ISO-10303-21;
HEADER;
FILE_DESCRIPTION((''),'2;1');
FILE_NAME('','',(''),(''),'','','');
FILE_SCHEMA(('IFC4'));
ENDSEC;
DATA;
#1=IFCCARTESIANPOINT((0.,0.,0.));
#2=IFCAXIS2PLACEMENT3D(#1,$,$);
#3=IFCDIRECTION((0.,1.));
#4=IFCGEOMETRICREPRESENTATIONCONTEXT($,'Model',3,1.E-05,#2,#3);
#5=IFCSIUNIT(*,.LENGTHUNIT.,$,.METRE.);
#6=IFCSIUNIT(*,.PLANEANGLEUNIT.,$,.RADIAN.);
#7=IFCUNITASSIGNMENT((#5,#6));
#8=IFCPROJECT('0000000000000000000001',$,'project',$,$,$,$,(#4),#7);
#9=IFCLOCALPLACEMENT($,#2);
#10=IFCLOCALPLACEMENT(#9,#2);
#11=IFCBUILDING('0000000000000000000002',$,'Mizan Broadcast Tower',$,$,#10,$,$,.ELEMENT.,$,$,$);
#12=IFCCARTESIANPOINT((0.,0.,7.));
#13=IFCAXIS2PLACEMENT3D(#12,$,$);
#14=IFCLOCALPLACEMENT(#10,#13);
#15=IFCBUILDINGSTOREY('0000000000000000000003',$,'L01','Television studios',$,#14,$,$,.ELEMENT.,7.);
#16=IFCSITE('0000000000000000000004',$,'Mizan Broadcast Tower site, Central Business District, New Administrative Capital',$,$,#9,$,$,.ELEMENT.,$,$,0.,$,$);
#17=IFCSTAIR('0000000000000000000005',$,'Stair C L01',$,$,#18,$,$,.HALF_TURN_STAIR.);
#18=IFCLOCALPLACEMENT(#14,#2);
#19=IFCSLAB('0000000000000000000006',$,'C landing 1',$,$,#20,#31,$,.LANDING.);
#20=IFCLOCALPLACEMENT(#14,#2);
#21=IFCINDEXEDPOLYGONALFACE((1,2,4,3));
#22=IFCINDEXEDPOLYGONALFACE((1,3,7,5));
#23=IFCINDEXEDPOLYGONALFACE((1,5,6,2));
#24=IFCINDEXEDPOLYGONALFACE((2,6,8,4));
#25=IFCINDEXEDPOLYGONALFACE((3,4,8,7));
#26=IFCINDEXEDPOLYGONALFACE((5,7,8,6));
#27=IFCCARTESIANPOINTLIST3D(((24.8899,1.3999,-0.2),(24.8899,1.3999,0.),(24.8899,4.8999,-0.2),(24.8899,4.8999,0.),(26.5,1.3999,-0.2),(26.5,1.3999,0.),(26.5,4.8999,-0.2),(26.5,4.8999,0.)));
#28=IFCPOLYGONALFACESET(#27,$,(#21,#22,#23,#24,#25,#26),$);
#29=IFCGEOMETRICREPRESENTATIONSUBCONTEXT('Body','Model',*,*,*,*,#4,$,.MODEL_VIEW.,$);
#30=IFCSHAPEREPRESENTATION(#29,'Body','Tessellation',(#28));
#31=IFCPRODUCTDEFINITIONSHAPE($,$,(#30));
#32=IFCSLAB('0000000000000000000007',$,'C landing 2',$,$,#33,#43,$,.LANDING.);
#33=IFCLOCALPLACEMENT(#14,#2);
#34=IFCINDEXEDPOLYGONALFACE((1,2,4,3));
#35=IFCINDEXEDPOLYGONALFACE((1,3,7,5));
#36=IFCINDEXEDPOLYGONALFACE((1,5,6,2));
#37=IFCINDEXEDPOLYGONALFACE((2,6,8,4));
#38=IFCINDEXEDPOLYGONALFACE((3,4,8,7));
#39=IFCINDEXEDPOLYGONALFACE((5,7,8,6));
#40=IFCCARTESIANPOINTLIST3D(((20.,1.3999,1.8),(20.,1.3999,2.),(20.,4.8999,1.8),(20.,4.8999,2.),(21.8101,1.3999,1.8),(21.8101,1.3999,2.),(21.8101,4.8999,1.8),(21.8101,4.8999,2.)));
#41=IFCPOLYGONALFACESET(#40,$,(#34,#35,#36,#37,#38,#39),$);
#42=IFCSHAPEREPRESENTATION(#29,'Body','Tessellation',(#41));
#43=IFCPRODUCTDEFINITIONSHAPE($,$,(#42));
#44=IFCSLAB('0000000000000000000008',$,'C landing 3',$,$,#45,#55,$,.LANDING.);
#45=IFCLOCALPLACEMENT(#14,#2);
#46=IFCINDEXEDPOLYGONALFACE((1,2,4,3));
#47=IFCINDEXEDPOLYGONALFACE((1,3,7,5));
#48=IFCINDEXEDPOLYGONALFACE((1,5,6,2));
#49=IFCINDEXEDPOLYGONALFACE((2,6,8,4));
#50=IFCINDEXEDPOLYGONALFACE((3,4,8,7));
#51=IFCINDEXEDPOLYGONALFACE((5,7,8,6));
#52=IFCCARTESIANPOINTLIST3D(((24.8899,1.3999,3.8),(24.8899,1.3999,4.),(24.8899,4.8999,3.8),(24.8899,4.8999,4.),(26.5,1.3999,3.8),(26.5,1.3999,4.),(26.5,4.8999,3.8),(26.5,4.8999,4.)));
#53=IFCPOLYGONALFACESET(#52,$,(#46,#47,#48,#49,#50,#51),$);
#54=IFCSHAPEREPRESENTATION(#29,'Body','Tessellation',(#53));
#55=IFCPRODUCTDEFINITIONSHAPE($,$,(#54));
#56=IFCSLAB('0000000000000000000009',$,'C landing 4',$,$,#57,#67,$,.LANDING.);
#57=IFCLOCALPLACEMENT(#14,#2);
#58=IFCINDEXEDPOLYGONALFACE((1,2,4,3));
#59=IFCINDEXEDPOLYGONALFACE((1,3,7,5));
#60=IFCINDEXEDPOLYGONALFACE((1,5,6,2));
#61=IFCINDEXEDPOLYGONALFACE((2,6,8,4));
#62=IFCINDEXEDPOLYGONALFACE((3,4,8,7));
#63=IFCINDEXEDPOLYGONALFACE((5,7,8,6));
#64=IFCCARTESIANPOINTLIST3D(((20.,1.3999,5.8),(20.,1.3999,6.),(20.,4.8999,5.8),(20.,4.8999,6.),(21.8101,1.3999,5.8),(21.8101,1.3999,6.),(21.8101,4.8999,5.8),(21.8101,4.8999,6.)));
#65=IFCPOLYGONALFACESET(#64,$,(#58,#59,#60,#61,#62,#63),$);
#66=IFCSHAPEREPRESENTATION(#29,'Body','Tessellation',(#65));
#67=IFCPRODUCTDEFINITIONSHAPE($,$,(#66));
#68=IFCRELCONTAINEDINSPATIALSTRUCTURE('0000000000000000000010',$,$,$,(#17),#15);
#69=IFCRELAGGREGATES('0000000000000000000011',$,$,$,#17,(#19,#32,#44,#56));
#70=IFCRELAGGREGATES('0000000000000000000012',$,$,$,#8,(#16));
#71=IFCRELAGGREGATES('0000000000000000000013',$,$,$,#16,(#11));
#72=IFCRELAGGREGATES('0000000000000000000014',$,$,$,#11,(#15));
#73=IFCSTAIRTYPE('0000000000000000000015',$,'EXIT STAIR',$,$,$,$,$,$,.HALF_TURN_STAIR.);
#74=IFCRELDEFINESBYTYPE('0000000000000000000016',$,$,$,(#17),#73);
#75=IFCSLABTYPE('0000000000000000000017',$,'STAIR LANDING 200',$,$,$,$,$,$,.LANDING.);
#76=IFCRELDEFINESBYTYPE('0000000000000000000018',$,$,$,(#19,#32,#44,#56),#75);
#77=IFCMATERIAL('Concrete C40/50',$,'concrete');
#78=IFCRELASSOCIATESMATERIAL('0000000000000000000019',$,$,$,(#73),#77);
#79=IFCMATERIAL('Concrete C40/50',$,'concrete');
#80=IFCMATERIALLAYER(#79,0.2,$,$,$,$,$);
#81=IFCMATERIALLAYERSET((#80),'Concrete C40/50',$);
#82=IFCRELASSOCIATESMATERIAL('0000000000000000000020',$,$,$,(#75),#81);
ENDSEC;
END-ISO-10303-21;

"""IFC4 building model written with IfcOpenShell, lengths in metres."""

from ifc_helpers import new_model, si_unit, direction, frame, origin, place, context, subcontext, project, spatial, polyline, outline, extrude, material, layer, layer_set, type_object, element, aggregate, save


model = new_model("IFC4")

# Units and contexts
model_context = context("Model", 3, precision=1e-05, world=origin(), true_north=direction((0.0, 1.0)))
body_context = subcontext(model_context, "Body", "Model", "MODEL_VIEW")
ifc_project = project(units=[si_unit("LENGTHUNIT", "METRE"), si_unit("PLANEANGLEUNIT", "RADIAN")], contexts=[model_context])

# Site, building, storey
site_placement = place(None, origin())
site = spatial("IfcSite", under=ifc_project, at=site_placement, Name="Mizan Broadcast Tower site, Central Business District, New Administrative Capital", CompositionType="ELEMENT", RefElevation=0.0)
building_placement = place(site_placement, origin())
building = spatial("IfcBuilding", under=site, at=building_placement, Name="Mizan Broadcast Tower", CompositionType="ELEMENT")
storey_placement = place(building_placement, frame((0.0, 0.0, 7.0)))
storey = spatial("IfcBuildingStorey", under=building, at=storey_placement, Name="L01", Description="Television studios", CompositionType="ELEMENT", Elevation=7.0)

# Stair, slabs
ifc_material_1 = material(Name="Concrete C40/50", Category="concrete")
stair_type = type_object("IfcStairType", Name="EXIT STAIR", PredefinedType="HALF_TURN_STAIR", material=ifc_material_1)
ifc_material_2 = material(Name="Concrete C40/50", Category="concrete")
ifc_layer_1 = layer(ifc_material_2, 0.2)
ifc_layer_set_1 = layer_set([ifc_layer_1], Name="Concrete C40/50")
slab_type_1 = type_object("IfcSlabType", Name="STAIR LANDING 200", PredefinedType="LANDING", material=ifc_layer_set_1)
stair_1_placement = place(storey_placement, origin())
stair_1 = element("IfcStair", 1, at=stair_1_placement, inside=storey, type_object=stair_type, Name="Stair C L01", PredefinedType="HALF_TURN_STAIR")
slab_1_placement = place(storey_placement, frame((0.0, 0.0, -0.2)))
slab_1 = element("IfcSlab", 2, at=slab_1_placement, type_object=slab_type_1, Name="C landing 1", PredefinedType="LANDING", context=body_context, shape_type="SweptSolid", body=[
    extrude(outline(polyline([(26.5, 1.3999), (24.8899, 1.3999), (24.8899, 4.8999), (26.5, 4.8999), (26.5, 1.3999)])), origin(), (0.0, 0.0, 1.0), 0.2),
])
slab_2_placement = place(storey_placement, frame((0.0, 0.0, 1.8)))
slab_2 = element("IfcSlab", 3, at=slab_2_placement, type_object=slab_type_1, Name="C landing 2", PredefinedType="LANDING", context=body_context, shape_type="SweptSolid", body=[
    extrude(outline(polyline([(21.8101, 1.3999), (20.0, 1.3999), (20.0, 4.8999), (21.8101, 4.8999), (21.8101, 1.3999)])), origin(), (0.0, 0.0, 1.0), 0.2),
])
slab_3_placement = place(storey_placement, frame((0.0, 0.0, 3.8)))
slab_3 = element("IfcSlab", 4, at=slab_3_placement, type_object=slab_type_1, Name="C landing 3", PredefinedType="LANDING", context=body_context, shape_type="SweptSolid", body=[
    extrude(outline(polyline([(26.5, 1.3999), (24.8899, 1.3999), (24.8899, 4.8999), (26.5, 4.8999), (26.5, 1.3999)])), origin(), (0.0, 0.0, 1.0), 0.2),
])
slab_4_placement = place(storey_placement, frame((0.0, 0.0, 5.8)))
slab_4 = element("IfcSlab", 5, at=slab_4_placement, type_object=slab_type_1, Name="C landing 4", PredefinedType="LANDING", context=body_context, shape_type="SweptSolid", body=[
    extrude(outline(polyline([(21.8101, 1.3999), (20.0, 1.3999), (20.0, 4.8999), (21.8101, 4.8999), (21.8101, 1.3999)])), origin(), (0.0, 0.0, 1.0), 0.2),
])
aggregate(stair_1, [slab_1, slab_2, slab_3, slab_4])

save(model, "model.ifc")
